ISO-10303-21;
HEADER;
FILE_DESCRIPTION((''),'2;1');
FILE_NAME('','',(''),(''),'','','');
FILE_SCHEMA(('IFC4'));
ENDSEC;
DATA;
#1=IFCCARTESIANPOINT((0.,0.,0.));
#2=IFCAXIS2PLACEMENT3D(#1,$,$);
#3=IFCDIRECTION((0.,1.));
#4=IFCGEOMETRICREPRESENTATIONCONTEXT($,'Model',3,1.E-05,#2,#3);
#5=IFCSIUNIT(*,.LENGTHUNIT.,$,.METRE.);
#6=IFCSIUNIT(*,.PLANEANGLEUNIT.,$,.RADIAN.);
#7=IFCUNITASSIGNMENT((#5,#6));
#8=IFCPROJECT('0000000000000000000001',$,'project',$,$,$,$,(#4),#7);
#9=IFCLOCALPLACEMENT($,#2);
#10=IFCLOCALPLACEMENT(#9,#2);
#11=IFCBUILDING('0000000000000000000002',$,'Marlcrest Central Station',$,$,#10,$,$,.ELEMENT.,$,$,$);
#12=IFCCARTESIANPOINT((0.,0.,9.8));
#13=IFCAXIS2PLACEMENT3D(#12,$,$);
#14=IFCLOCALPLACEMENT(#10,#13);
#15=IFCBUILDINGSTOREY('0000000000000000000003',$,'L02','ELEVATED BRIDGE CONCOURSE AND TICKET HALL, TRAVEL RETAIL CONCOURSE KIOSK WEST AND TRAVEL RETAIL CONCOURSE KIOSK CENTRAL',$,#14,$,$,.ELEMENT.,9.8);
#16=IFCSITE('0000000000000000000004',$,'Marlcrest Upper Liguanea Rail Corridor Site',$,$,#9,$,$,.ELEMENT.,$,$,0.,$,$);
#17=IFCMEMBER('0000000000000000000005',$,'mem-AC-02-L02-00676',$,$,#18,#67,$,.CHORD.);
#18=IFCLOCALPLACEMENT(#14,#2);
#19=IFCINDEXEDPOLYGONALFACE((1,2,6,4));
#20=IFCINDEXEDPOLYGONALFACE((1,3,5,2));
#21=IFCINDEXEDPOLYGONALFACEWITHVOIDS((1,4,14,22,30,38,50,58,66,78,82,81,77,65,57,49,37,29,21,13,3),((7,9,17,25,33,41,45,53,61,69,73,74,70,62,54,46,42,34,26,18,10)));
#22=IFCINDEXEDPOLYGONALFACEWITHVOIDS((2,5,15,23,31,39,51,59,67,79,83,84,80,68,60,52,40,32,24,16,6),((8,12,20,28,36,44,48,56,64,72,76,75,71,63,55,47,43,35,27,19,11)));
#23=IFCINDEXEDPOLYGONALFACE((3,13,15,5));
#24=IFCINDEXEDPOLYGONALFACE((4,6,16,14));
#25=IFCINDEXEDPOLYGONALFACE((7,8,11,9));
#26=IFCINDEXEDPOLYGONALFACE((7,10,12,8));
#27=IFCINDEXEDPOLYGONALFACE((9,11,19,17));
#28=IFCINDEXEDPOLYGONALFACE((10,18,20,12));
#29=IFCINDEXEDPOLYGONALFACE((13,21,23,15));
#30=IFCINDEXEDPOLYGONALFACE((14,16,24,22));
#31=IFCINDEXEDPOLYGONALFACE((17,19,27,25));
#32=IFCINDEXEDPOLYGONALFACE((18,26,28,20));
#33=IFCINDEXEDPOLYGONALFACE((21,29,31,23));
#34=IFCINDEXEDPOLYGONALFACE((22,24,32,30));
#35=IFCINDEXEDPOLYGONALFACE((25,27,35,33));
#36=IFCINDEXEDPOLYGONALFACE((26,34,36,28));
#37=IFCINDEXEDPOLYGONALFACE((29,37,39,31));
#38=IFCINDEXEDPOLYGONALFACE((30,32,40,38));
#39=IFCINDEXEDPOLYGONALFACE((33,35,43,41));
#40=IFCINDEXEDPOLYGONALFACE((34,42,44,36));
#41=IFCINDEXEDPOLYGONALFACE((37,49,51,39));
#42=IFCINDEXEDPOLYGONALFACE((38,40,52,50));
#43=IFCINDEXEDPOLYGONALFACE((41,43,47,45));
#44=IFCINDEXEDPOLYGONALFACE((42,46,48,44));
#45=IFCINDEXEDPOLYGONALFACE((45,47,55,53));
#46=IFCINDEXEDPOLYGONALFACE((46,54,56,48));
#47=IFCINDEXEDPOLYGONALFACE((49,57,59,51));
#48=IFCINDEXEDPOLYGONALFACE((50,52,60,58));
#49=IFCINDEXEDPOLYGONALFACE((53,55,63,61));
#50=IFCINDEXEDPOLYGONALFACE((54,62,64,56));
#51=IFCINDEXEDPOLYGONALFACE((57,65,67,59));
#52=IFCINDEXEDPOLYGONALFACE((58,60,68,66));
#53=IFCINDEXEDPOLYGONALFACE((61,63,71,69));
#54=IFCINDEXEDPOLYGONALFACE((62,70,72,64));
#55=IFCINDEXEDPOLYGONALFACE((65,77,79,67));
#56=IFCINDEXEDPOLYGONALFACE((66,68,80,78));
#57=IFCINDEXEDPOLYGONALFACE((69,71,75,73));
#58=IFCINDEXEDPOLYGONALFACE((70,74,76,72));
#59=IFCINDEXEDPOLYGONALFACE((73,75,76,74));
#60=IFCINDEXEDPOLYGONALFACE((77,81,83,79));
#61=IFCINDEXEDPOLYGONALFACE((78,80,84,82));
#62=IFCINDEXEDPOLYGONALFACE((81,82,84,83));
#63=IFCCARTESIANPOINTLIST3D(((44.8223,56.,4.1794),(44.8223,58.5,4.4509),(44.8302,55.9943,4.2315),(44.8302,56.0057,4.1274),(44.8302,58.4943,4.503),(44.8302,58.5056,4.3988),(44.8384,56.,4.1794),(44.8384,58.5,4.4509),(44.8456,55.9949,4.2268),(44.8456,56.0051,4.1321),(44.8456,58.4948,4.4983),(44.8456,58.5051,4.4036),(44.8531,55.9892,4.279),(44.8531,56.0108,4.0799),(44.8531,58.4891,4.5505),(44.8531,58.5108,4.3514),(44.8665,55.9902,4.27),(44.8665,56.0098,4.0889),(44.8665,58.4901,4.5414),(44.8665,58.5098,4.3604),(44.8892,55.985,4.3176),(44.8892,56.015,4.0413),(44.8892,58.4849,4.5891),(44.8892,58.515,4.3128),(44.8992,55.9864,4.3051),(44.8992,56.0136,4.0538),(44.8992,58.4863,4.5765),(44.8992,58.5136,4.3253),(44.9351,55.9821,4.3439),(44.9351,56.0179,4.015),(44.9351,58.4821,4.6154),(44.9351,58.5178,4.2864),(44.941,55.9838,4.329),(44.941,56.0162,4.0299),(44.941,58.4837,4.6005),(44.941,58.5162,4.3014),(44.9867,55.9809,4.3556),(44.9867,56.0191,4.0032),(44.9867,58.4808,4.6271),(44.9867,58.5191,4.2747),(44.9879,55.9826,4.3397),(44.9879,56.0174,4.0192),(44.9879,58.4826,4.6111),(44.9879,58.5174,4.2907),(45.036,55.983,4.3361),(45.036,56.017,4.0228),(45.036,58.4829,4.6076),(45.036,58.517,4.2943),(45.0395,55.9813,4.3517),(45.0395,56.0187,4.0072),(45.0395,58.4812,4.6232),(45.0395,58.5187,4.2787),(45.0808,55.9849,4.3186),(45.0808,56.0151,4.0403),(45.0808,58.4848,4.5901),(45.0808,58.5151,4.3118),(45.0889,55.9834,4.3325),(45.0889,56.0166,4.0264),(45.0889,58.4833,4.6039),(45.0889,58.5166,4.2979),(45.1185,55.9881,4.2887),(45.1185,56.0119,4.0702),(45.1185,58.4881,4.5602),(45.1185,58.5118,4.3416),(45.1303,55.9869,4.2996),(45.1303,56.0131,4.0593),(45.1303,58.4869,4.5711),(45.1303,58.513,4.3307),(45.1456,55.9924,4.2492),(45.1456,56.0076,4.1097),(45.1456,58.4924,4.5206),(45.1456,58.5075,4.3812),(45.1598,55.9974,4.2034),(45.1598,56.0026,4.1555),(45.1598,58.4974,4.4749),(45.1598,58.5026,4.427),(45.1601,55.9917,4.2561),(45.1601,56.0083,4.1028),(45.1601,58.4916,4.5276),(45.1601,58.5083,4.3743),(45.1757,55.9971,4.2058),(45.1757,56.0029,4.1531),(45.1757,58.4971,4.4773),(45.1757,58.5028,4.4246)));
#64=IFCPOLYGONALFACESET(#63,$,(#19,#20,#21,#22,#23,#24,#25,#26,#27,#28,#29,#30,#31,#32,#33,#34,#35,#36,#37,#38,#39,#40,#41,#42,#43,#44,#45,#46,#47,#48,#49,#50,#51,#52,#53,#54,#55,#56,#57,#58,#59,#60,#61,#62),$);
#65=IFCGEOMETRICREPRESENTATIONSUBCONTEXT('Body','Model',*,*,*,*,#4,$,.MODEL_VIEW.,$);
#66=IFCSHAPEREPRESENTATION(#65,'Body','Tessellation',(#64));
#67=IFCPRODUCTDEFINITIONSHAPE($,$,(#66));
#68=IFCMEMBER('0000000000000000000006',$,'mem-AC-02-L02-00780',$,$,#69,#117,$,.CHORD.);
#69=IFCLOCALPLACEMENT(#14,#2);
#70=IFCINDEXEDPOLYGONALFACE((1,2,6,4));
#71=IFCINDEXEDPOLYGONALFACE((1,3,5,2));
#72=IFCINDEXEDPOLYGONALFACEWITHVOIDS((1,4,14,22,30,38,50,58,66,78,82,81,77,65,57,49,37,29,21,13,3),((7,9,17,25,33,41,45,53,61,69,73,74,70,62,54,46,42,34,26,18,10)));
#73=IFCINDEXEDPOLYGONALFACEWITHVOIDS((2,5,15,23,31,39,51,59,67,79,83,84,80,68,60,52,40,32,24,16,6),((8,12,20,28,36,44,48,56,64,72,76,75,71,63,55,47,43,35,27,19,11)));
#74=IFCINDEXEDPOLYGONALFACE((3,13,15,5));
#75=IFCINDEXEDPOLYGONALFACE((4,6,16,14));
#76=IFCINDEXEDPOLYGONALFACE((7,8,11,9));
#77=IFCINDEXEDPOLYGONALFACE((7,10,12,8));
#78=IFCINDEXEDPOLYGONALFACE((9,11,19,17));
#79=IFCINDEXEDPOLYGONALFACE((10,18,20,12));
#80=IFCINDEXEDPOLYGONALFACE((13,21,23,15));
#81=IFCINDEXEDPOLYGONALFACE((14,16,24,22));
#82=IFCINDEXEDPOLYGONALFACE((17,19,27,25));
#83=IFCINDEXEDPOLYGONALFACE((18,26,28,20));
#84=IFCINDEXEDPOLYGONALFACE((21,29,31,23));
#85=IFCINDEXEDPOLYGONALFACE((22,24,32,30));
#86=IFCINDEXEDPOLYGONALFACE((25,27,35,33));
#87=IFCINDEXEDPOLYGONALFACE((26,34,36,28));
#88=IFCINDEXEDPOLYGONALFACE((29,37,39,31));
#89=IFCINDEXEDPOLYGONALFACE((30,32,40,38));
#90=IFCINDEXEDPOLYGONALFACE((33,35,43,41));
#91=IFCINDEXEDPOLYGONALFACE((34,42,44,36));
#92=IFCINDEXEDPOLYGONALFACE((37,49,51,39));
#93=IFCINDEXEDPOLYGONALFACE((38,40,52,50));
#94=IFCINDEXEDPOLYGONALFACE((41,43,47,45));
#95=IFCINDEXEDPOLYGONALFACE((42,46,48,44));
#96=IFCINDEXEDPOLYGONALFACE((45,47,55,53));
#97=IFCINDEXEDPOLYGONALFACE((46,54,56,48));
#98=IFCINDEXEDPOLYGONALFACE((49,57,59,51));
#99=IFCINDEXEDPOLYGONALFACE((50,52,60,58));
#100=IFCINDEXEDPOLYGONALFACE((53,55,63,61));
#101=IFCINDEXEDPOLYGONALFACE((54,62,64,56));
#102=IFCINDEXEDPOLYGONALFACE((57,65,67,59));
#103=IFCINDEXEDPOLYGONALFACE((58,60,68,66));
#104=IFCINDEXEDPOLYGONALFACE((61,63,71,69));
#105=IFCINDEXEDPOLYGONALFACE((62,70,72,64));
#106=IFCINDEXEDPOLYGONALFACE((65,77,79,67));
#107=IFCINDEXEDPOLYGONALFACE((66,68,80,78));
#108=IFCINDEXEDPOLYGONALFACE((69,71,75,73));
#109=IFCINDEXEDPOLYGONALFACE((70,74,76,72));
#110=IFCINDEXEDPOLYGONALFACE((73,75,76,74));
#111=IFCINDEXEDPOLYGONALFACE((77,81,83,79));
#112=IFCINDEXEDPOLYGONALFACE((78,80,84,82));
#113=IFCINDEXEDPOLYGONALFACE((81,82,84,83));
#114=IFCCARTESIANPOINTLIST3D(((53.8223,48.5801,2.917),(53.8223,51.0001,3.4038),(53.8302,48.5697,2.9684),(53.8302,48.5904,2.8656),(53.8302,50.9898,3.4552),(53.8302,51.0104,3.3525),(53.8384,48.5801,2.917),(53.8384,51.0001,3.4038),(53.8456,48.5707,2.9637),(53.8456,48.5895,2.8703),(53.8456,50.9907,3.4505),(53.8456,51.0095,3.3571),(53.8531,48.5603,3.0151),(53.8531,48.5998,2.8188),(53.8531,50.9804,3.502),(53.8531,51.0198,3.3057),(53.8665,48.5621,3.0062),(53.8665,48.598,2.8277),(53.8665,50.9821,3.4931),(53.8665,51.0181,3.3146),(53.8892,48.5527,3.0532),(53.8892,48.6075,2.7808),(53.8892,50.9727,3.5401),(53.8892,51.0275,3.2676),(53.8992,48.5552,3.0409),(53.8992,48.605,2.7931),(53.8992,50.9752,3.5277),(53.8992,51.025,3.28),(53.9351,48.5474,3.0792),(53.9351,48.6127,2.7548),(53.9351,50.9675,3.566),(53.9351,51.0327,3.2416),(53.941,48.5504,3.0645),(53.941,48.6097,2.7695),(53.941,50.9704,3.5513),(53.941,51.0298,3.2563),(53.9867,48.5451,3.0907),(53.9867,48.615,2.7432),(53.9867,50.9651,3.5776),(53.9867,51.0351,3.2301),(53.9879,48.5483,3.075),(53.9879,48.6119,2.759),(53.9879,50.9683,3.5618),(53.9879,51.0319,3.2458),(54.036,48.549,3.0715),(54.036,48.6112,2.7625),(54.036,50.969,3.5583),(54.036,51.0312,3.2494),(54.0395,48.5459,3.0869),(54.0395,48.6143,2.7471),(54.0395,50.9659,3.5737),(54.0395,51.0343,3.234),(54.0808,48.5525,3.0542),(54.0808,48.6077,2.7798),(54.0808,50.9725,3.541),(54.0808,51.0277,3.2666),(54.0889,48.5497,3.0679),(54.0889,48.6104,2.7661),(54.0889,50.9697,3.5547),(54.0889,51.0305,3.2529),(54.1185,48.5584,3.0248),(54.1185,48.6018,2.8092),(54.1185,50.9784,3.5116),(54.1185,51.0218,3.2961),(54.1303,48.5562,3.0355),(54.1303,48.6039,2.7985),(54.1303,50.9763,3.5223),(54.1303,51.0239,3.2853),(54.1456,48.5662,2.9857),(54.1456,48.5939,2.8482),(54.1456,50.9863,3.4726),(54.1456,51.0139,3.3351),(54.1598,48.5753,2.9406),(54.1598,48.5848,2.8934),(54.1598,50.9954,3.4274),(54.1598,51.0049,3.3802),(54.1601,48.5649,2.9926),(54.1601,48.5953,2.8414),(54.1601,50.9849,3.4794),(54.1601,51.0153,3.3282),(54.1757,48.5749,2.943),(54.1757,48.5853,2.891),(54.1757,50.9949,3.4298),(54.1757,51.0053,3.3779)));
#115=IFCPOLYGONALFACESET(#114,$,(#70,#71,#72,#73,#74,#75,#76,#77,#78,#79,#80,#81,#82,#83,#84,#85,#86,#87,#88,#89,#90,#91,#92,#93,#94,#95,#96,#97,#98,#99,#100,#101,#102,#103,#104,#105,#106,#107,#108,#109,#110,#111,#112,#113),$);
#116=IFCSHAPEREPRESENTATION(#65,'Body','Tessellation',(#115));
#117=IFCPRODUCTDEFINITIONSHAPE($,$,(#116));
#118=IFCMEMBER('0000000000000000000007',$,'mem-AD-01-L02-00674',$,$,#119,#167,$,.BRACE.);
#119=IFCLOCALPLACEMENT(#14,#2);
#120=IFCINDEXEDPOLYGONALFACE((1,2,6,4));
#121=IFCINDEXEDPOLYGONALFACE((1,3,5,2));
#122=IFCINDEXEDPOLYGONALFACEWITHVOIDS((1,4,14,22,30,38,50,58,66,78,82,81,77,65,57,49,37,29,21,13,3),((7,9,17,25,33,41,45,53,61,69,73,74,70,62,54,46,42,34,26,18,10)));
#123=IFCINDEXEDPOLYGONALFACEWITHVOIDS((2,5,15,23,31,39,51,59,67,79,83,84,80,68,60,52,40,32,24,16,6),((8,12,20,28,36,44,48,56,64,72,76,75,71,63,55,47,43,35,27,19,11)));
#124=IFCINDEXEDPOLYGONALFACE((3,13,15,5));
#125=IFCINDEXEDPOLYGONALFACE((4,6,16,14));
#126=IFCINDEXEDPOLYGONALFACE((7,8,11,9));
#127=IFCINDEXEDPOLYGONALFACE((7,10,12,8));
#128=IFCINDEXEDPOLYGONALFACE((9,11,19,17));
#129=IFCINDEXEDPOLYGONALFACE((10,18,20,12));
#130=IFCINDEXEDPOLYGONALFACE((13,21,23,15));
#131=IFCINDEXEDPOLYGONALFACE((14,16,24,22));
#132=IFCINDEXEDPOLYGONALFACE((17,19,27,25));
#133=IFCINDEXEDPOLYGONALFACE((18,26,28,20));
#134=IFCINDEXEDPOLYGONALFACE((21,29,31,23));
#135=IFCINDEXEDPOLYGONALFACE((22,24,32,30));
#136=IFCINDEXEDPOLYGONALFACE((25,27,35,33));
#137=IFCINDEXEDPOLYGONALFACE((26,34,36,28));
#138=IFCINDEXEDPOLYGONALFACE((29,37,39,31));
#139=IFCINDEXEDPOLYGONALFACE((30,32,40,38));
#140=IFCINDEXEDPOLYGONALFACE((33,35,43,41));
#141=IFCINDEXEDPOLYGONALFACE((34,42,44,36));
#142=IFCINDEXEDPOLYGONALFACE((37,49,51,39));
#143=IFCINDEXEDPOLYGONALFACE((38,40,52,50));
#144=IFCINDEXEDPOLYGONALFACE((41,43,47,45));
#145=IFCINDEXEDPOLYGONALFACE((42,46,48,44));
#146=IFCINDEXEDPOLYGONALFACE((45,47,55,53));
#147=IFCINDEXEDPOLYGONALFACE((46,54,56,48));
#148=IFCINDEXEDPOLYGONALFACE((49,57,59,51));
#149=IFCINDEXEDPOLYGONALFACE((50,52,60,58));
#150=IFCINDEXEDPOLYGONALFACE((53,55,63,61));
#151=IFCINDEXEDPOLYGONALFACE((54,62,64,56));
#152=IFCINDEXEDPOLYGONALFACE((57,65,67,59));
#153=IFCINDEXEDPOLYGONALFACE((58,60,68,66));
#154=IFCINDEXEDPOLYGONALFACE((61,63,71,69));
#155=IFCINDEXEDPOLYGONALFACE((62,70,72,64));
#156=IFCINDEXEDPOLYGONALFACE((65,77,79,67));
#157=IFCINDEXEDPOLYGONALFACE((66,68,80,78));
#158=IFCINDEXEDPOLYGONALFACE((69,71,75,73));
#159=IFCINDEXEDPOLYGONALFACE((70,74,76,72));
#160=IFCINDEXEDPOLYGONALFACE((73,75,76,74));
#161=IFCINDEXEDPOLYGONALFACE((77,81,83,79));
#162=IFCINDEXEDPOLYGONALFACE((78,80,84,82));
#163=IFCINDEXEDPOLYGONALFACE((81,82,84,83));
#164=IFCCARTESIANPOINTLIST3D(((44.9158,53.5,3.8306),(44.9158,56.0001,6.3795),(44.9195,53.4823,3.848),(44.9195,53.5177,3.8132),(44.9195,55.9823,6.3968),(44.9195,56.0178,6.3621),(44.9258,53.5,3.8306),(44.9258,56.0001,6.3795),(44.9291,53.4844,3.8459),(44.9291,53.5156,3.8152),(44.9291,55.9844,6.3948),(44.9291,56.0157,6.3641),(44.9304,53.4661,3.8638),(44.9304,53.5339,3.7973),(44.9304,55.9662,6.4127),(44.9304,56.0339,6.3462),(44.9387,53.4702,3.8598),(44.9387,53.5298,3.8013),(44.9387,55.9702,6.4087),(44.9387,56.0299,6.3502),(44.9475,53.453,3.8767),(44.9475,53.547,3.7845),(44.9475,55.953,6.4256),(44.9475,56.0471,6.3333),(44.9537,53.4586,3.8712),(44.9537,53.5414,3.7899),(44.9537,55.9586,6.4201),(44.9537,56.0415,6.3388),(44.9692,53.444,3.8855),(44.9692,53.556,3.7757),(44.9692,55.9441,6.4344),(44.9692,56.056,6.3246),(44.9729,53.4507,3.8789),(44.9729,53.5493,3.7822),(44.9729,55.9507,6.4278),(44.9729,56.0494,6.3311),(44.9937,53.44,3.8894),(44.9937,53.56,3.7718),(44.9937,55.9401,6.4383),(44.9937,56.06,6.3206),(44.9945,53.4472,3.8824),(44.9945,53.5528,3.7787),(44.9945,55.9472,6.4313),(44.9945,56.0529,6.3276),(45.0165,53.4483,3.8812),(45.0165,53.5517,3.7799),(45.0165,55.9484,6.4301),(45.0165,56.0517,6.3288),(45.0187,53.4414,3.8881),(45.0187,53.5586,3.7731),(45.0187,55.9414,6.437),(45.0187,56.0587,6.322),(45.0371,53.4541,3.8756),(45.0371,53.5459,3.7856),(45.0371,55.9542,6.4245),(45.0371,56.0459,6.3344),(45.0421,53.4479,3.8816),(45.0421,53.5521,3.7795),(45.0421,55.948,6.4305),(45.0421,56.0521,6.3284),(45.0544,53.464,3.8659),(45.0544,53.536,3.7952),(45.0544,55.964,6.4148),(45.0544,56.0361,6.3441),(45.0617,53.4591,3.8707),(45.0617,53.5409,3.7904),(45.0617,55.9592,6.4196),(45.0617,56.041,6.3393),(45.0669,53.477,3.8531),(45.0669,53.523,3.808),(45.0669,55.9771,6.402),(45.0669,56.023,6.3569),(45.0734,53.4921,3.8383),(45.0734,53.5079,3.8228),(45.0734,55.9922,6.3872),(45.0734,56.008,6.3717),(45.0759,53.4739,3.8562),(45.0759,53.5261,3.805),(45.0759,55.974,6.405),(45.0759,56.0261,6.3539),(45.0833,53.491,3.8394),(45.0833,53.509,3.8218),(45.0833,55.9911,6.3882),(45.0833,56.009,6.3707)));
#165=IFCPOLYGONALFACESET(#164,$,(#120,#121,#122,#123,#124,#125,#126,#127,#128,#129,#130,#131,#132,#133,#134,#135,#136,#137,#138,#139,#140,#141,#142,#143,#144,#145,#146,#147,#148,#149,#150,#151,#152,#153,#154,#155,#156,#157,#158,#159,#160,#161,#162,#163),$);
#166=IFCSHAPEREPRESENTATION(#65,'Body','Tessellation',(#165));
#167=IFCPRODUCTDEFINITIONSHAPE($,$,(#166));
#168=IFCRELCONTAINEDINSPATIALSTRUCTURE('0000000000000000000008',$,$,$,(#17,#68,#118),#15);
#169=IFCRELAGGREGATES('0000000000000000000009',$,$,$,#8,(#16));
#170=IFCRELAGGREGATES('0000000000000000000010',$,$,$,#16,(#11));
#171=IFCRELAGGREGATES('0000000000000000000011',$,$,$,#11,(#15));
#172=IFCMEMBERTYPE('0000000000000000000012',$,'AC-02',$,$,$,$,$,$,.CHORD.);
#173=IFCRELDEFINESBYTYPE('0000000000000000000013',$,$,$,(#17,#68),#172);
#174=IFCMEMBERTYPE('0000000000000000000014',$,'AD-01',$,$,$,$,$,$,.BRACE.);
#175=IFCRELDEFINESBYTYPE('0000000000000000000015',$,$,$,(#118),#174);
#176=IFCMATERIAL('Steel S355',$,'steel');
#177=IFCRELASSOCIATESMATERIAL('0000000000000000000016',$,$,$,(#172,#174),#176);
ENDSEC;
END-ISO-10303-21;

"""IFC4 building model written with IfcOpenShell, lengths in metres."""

from ifc_helpers import new_model, si_unit, direction, frame, origin, origin_2d, place, context, subcontext, project, spatial, hollow_circle, extrude, material, material_profile, profile_set, type_object, element, save


model = new_model("IFC4")

# Units and contexts
model_context = context("Model", 3, precision=1e-05, world=origin(), true_north=direction((0.0, 1.0)))
body_context = subcontext(model_context, "Body", "Model", "MODEL_VIEW")
ifc_project = project(units=[si_unit("LENGTHUNIT", "METRE"), si_unit("PLANEANGLEUNIT", "RADIAN")], contexts=[model_context])

# Site, building, storey
site_placement = place(None, origin())
site = spatial("IfcSite", under=ifc_project, at=site_placement, Name="Marlcrest Upper Liguanea Rail Corridor Site", CompositionType="ELEMENT", RefElevation=0.0)
building_placement = place(site_placement, origin())
building = spatial("IfcBuilding", under=site, at=building_placement, Name="Marlcrest Central Station", CompositionType="ELEMENT")
storey_placement = place(building_placement, frame((0.0, 0.0, 9.8)))
storey = spatial("IfcBuildingStorey", under=building, at=storey_placement, Name="L02", Description="ELEVATED BRIDGE CONCOURSE AND TICKET HALL, TRAVEL RETAIL CONCOURSE KIOSK WEST AND TRAVEL RETAIL CONCOURSE KIOSK CENTRAL", CompositionType="ELEMENT", Elevation=9.8)

# Members
ifc_material = material(Name="Steel S355", Category="steel")
ifc_material_profile_1 = material_profile(ifc_material, hollow_circle(Radius=0.1777, WallThickness=0.0161, at=origin_2d()), Name="CHS 355.6x16")
ifc_profile_set_1 = profile_set([ifc_material_profile_1], Name="Steel S355")
member_type_1 = type_object("IfcMemberType", Name="AC-02", PredefinedType="CHORD", material=ifc_profile_set_1)
member_1_placement = place(storey_placement, frame((45.0, 56.0, 4.1794), z_axis=(0.0, 0.994155, 0.107959), x_axis=(-1.0, 0.0, 0.0)))
element("IfcMember", 1, at=member_1_placement, inside=storey, type_object=member_type_1, Name="mem-AC-02-L02-00676", PredefinedType="CHORD", context=body_context, shape_type="SweptSolid", body=[
    extrude(hollow_circle(Radius=0.1777, WallThickness=0.0161, at=origin_2d()), origin(), (0.0, 0.0, 1.0), 2.5146),
])
member_2_placement = place(storey_placement, frame((54.0, 48.5801, 2.917), z_axis=(0.0, 0.980359, 0.197219), x_axis=(-1.0, 0.0, 0.0)))
element("IfcMember", 2, at=member_2_placement, inside=storey, type_object=member_type_1, Name="mem-AC-02-L02-00780", PredefinedType="CHORD", context=body_context, shape_type="SweptSolid", body=[
    extrude(hollow_circle(Radius=0.1777, WallThickness=0.0161, at=origin_2d()), origin(), (0.0, 0.0, 1.0), 2.4685),
])
ifc_material_profile_2 = material_profile(ifc_material, hollow_circle(Radius=0.0842, WallThickness=0.01, at=origin_2d()), Name="CHS 168.3x10")
ifc_profile_set_2 = profile_set([ifc_material_profile_2], Name="Steel S355")
member_type_2 = type_object("IfcMemberType", Name="AD-01", PredefinedType="BRACE", material=ifc_profile_set_2)
member_3_placement = place(storey_placement, frame((45.0, 53.5, 3.8306), z_axis=(0.0, 0.700235, 0.713912), x_axis=(-1.0, 0.0, 0.0)))
element("IfcMember", 3, at=member_3_placement, inside=storey, type_object=member_type_2, Name="mem-AD-01-L02-00674", PredefinedType="BRACE", context=body_context, shape_type="SweptSolid", body=[
    extrude(hollow_circle(Radius=0.0842, WallThickness=0.01, at=origin_2d()), origin(), (0.0, 0.0, 1.0), 3.5703),
])

save(model, "model.ifc")
